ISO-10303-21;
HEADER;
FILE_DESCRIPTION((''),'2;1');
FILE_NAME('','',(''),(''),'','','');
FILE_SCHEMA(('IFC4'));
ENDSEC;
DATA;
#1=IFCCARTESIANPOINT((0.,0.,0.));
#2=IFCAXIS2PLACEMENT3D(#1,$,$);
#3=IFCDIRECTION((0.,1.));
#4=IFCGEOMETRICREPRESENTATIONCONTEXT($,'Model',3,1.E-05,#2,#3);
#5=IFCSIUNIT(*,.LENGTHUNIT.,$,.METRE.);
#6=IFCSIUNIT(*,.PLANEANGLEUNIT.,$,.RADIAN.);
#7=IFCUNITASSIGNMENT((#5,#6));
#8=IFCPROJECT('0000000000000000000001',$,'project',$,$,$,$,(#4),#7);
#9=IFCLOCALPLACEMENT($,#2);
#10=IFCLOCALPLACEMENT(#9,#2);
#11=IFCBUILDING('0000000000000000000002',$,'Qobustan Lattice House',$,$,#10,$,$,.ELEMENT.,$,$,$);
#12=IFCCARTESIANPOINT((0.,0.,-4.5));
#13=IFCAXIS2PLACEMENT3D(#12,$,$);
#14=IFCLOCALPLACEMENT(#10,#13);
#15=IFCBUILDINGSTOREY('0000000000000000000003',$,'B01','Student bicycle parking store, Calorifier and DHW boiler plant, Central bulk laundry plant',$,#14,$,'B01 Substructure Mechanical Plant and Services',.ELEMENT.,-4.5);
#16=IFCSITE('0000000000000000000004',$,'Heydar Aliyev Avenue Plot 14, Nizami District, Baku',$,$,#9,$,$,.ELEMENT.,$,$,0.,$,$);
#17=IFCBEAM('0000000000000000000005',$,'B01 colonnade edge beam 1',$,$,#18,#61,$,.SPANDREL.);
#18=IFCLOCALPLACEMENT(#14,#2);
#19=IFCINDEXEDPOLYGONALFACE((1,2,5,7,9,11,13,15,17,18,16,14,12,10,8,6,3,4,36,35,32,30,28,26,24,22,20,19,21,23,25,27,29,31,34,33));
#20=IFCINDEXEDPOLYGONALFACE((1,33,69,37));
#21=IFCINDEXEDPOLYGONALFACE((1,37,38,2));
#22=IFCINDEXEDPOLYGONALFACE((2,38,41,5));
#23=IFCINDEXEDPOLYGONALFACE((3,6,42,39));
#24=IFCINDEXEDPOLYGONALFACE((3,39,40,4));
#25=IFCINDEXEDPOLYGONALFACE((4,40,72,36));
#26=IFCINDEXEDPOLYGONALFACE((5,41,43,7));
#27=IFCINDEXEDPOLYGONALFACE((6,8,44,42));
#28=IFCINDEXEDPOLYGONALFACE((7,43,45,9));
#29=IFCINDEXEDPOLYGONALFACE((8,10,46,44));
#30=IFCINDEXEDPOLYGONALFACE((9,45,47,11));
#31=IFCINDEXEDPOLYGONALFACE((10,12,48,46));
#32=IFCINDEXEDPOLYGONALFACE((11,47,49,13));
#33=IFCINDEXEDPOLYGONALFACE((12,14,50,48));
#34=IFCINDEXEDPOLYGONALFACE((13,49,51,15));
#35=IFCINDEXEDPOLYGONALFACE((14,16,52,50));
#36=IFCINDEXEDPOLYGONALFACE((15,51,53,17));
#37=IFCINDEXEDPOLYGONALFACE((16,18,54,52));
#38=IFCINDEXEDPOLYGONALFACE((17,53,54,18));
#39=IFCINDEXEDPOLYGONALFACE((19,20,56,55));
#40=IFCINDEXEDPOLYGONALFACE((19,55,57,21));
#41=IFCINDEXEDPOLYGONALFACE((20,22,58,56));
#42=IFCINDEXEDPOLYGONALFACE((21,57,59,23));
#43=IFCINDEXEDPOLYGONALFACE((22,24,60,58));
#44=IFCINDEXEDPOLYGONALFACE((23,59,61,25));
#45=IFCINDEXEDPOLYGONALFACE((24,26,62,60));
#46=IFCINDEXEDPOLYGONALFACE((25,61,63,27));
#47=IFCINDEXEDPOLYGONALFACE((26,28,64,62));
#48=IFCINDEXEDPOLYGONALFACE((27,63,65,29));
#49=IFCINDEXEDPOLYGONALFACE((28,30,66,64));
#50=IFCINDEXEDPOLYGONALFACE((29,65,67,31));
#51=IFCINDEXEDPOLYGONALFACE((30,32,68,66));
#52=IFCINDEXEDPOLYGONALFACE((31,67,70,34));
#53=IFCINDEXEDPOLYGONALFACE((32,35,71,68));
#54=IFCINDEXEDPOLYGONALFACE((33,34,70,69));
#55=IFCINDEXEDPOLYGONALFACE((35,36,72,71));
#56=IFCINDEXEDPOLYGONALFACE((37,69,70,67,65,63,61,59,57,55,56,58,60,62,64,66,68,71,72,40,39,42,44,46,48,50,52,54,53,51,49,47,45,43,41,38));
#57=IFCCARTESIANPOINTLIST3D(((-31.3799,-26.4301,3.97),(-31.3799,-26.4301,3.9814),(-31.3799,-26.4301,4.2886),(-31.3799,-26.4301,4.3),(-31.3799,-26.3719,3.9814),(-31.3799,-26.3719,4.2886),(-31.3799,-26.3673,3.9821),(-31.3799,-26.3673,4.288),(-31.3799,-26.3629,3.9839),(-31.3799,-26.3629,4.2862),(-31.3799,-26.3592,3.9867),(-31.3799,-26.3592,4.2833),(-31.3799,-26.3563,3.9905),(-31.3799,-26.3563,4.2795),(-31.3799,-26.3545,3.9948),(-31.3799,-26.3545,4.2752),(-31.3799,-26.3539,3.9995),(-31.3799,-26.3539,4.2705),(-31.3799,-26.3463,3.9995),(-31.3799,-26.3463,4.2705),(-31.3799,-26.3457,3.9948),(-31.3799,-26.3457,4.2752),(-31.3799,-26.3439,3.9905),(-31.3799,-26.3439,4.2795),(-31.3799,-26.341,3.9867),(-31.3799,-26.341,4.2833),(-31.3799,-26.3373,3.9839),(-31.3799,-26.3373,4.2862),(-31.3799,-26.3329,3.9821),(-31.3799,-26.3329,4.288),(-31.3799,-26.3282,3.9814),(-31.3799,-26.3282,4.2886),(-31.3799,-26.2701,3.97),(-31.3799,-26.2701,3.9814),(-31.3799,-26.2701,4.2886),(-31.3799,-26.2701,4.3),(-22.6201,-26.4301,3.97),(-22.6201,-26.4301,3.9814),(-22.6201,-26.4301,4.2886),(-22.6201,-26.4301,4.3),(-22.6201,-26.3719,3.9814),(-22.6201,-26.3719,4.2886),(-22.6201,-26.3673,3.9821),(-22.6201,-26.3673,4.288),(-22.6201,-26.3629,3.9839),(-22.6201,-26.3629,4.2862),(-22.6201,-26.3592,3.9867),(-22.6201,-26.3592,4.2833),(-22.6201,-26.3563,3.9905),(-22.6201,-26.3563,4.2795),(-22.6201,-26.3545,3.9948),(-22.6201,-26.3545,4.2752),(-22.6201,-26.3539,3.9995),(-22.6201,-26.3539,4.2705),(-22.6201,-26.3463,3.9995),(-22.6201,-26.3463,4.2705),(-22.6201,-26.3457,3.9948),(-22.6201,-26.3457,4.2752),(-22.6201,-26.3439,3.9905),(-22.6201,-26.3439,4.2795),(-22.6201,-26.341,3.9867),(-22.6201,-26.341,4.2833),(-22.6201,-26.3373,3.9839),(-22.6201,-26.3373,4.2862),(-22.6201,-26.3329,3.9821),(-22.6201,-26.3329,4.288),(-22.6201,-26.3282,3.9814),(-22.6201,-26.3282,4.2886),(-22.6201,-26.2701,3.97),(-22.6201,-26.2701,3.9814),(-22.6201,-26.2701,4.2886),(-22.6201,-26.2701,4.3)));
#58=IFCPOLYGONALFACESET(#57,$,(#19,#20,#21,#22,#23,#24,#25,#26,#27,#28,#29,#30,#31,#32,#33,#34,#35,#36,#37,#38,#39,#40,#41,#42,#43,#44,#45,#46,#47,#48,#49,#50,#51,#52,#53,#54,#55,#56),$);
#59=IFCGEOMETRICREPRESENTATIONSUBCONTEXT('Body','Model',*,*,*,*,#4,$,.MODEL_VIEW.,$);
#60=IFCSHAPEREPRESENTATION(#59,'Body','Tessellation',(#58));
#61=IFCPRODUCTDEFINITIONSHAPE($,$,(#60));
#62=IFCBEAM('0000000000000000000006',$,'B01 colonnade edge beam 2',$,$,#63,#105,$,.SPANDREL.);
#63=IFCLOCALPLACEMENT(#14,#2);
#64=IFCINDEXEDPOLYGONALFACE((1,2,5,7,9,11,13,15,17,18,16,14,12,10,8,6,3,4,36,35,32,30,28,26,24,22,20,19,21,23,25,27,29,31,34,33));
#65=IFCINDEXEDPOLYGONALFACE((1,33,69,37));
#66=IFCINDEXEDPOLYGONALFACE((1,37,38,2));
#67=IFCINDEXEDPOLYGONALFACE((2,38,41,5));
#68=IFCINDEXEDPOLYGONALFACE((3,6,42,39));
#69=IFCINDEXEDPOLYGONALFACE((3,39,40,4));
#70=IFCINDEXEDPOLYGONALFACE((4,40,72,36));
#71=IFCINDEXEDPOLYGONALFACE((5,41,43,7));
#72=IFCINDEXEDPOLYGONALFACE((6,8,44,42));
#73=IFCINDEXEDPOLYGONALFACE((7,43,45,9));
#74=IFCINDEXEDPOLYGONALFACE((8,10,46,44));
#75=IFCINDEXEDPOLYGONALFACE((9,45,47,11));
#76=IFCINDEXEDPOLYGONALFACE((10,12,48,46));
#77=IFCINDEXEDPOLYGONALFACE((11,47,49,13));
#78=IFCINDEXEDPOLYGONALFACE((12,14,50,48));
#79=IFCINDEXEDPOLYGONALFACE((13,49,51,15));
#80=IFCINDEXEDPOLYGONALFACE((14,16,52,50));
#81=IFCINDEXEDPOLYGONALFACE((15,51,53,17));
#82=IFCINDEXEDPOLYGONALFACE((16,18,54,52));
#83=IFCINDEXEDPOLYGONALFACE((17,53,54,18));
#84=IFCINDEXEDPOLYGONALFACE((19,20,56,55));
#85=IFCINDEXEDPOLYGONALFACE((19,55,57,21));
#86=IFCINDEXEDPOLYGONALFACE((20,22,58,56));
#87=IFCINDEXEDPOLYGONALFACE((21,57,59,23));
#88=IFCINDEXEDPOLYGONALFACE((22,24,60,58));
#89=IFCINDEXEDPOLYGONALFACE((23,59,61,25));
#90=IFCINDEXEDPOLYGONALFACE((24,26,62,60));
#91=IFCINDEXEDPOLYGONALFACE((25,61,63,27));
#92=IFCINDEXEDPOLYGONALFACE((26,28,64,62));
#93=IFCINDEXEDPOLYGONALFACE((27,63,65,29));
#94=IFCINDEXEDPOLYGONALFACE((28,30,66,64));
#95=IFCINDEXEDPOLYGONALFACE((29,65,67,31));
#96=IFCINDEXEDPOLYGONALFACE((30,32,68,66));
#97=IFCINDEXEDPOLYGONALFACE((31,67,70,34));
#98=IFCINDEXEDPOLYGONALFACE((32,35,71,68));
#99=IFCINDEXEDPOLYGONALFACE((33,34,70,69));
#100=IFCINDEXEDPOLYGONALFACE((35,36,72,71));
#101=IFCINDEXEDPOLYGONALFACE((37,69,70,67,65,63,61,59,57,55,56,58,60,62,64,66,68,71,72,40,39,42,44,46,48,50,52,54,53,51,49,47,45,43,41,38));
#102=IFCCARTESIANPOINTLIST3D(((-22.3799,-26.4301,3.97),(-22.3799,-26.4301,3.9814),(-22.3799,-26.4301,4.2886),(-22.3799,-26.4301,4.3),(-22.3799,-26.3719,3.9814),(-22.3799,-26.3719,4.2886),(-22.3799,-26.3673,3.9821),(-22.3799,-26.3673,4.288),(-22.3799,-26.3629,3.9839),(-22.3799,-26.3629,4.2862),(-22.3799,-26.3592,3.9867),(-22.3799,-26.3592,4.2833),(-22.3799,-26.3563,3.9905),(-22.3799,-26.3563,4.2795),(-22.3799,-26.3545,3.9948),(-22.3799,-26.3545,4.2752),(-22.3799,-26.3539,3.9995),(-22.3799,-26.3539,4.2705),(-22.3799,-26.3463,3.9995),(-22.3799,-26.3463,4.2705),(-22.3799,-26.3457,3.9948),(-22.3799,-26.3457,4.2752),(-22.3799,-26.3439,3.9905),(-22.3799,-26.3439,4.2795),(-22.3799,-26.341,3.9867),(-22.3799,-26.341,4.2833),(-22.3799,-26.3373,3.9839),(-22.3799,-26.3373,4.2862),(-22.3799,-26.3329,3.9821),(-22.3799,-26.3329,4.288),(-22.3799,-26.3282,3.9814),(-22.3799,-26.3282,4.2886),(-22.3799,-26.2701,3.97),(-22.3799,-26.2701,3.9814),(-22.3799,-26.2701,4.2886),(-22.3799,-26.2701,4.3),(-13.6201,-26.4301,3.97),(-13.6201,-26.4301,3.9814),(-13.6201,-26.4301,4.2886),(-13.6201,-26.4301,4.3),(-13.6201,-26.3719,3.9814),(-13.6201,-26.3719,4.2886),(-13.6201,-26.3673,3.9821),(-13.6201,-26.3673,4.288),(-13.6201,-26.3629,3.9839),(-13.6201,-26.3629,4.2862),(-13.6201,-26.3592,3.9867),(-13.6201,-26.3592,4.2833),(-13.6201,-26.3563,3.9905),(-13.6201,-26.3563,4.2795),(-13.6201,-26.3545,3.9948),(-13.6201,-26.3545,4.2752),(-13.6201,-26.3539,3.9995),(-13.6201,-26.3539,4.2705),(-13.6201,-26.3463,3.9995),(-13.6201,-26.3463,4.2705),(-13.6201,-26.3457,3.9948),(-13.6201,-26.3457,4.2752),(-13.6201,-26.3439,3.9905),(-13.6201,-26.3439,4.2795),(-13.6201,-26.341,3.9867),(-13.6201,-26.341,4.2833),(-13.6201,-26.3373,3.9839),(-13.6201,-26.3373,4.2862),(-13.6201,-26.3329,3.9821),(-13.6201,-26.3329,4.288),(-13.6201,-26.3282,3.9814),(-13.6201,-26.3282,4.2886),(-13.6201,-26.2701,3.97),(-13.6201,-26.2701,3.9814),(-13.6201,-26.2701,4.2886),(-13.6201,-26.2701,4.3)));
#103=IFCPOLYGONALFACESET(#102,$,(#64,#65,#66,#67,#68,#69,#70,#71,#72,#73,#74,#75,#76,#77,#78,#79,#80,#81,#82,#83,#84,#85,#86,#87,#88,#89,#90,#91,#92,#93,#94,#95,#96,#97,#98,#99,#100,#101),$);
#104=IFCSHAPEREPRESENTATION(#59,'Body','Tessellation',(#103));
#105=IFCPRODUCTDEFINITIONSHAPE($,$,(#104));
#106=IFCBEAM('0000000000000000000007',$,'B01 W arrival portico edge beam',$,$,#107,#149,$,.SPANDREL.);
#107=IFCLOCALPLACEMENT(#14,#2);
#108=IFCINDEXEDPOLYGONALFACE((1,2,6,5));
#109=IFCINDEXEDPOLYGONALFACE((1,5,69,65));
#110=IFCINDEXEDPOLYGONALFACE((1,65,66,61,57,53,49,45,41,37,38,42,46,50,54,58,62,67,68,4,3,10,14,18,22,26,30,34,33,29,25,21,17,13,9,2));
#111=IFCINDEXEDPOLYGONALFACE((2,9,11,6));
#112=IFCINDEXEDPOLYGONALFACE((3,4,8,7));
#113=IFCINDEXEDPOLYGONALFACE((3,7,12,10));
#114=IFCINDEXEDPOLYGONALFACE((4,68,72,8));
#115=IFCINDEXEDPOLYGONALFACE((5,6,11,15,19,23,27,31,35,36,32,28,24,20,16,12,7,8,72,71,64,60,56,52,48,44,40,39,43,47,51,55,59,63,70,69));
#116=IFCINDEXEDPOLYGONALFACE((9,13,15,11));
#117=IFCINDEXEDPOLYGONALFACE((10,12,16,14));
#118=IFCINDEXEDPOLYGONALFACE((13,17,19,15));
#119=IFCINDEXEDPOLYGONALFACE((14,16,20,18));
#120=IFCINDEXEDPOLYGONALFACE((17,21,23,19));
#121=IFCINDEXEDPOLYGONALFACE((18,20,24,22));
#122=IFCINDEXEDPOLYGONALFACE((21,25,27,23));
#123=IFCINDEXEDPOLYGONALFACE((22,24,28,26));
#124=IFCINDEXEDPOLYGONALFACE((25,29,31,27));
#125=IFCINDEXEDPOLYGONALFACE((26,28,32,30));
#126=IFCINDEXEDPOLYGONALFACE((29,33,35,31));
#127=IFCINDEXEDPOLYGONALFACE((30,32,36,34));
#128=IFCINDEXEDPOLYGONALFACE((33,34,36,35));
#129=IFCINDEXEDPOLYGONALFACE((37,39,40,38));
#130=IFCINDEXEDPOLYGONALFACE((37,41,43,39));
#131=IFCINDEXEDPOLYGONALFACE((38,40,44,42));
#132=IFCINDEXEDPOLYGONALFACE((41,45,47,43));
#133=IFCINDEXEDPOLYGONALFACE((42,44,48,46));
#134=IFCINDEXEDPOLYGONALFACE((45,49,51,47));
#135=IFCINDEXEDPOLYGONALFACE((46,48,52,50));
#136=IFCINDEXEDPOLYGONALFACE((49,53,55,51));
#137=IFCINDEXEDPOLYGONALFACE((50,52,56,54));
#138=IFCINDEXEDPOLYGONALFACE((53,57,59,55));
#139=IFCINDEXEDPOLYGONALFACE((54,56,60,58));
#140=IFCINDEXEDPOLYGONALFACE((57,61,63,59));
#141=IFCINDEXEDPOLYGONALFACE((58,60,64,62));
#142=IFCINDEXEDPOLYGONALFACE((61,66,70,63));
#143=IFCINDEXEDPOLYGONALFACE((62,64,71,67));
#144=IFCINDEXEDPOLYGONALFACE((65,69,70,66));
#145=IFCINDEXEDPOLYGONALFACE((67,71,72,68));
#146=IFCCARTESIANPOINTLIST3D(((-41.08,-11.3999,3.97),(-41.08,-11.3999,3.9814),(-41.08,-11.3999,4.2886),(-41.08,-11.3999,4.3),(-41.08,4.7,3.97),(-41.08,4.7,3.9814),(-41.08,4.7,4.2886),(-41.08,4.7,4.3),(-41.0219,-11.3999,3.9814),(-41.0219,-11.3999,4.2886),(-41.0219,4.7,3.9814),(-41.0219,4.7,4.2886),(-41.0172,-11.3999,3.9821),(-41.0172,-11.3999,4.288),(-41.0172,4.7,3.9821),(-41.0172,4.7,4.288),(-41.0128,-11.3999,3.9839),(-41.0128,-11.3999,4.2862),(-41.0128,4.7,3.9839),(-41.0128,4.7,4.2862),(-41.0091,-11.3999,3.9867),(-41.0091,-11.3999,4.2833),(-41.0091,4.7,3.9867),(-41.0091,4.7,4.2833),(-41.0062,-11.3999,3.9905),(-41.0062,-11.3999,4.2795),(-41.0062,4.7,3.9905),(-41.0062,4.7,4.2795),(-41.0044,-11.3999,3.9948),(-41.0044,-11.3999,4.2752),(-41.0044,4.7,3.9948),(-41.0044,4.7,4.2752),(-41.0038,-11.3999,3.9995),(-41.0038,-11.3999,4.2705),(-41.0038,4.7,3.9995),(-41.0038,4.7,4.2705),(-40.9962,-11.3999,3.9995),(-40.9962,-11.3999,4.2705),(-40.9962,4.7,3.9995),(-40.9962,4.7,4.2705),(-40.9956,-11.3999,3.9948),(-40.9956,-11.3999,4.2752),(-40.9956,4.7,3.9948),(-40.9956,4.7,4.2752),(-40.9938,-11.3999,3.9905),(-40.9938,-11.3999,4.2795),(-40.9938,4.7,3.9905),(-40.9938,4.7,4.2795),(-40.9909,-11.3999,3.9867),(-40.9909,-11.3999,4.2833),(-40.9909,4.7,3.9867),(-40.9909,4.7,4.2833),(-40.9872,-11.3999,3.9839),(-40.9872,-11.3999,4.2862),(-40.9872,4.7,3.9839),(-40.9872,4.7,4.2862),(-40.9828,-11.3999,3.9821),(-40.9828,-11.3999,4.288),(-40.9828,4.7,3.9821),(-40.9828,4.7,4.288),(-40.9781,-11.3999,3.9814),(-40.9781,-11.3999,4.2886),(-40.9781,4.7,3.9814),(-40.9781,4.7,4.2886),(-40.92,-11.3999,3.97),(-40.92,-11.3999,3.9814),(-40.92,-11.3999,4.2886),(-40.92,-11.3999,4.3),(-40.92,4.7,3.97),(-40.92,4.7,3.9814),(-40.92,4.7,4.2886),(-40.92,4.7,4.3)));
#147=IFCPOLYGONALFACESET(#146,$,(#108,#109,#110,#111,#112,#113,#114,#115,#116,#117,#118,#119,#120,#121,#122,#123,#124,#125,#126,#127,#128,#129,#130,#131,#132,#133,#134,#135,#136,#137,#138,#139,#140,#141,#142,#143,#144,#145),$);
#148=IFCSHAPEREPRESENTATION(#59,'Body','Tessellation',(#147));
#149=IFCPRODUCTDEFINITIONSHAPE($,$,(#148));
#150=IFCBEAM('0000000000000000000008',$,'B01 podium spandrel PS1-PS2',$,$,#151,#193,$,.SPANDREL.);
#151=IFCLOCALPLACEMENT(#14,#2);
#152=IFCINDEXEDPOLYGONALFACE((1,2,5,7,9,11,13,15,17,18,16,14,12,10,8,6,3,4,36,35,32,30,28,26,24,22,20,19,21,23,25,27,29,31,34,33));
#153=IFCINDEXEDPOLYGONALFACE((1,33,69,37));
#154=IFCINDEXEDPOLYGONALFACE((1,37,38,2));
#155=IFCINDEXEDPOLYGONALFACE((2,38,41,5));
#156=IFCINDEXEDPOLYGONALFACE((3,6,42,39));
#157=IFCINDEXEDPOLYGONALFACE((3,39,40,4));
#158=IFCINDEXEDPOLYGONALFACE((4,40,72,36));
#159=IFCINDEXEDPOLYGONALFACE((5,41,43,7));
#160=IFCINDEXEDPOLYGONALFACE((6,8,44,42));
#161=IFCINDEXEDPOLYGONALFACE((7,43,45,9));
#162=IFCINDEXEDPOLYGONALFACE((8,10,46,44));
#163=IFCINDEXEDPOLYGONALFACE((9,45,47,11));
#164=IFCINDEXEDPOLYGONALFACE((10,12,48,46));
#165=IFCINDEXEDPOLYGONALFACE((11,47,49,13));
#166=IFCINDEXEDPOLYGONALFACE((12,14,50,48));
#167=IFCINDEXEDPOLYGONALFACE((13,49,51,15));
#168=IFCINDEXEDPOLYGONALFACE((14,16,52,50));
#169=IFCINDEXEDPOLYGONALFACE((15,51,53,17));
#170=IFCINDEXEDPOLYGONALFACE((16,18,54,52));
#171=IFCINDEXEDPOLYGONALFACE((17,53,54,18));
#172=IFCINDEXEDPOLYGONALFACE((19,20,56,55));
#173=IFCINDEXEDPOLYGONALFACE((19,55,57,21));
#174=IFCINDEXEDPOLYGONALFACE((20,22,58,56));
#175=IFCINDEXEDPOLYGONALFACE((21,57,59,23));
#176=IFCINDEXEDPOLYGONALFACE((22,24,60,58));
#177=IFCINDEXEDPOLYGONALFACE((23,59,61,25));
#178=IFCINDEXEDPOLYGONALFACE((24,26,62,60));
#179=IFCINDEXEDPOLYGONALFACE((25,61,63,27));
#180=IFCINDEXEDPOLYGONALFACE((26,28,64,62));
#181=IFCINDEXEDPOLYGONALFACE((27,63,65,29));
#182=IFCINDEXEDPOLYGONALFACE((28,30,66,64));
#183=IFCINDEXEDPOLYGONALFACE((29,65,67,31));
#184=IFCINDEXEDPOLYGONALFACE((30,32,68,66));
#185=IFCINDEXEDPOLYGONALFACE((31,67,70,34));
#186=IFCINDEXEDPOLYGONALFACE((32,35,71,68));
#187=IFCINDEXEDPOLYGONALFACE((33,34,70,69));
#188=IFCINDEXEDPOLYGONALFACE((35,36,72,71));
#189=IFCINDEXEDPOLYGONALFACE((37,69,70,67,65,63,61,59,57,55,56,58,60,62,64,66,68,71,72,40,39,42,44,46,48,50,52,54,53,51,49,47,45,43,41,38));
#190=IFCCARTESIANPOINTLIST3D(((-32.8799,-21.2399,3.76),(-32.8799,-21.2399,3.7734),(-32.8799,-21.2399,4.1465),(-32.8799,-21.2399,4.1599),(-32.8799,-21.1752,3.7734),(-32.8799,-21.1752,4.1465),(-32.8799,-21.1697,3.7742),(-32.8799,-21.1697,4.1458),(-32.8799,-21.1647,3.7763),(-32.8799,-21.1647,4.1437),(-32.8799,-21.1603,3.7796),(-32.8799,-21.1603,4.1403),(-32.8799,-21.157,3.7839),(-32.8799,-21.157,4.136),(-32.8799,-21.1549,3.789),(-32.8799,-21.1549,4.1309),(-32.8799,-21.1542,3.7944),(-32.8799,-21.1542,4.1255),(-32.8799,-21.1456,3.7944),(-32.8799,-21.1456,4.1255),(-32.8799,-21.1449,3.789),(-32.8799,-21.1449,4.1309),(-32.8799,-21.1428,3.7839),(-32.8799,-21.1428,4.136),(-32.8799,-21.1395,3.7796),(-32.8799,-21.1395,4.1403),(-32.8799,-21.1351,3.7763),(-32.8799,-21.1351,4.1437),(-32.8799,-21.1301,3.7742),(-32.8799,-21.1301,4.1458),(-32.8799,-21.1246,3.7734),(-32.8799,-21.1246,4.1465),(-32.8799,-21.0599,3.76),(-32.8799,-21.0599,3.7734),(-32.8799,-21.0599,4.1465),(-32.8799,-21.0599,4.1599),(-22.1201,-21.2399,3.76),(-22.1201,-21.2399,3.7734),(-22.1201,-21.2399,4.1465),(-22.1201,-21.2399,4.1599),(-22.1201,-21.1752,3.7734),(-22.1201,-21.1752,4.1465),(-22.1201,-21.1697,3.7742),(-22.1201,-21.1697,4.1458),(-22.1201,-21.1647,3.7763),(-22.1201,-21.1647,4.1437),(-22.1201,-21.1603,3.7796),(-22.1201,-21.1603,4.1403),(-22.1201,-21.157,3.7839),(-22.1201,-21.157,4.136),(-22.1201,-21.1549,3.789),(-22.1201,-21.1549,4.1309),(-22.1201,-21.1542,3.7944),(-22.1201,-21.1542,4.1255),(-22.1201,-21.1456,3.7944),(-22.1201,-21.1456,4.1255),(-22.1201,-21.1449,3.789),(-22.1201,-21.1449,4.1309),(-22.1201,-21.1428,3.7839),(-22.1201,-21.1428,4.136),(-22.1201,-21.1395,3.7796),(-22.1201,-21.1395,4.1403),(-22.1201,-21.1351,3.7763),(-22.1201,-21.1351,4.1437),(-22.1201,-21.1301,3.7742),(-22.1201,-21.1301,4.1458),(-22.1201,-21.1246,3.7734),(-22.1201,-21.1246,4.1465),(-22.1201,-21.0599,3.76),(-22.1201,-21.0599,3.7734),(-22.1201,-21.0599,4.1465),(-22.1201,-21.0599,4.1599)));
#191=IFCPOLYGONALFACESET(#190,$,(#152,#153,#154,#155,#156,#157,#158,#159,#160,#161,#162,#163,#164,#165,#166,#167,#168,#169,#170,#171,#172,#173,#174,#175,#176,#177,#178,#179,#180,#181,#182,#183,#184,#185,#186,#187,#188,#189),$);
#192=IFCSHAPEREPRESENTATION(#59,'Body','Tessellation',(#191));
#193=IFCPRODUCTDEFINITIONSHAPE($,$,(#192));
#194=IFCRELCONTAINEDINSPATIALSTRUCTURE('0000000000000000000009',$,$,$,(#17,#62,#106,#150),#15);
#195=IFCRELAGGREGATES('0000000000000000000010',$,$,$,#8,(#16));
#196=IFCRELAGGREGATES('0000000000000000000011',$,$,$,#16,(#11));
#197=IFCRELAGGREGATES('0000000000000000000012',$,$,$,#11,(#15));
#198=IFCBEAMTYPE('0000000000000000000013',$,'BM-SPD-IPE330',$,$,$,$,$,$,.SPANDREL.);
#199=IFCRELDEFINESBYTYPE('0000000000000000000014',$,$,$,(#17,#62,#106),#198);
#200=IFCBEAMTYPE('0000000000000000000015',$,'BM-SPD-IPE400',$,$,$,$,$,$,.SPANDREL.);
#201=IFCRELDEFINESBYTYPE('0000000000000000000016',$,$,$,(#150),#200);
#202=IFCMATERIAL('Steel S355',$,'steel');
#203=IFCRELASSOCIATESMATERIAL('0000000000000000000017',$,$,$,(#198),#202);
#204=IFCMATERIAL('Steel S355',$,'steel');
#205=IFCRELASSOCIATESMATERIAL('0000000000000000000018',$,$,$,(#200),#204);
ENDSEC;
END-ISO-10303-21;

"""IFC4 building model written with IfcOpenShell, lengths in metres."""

from ifc_helpers import new_model, si_unit, direction, frame, origin, origin_2d, place, context, subcontext, project, spatial, i_section, extrude, material, material_profile, profile_set, type_object, element, save


model = new_model("IFC4")

# Units and contexts
model_context = context("Model", 3, precision=1e-05, world=origin(), true_north=direction((0.0, 1.0)))
body_context = subcontext(model_context, "Body", "Model", "MODEL_VIEW")
ifc_project = project(units=[si_unit("LENGTHUNIT", "METRE"), si_unit("PLANEANGLEUNIT", "RADIAN")], contexts=[model_context])

# Site, building, storey
site_placement = place(None, origin())
site = spatial("IfcSite", under=ifc_project, at=site_placement, Name="Heydar Aliyev Avenue Plot 14, Nizami District, Baku", CompositionType="ELEMENT", RefElevation=0.0)
building_placement = place(site_placement, origin())
building = spatial("IfcBuilding", under=site, at=building_placement, Name="Qobustan Lattice House", CompositionType="ELEMENT")
storey_placement = place(building_placement, frame((0.0, 0.0, -4.5)))
storey = spatial("IfcBuildingStorey", under=building, at=storey_placement, Name="B01", Description="Student bicycle parking store, Calorifier and DHW boiler plant, Central bulk laundry plant", LongName="B01 Substructure Mechanical Plant and Services", CompositionType="ELEMENT", Elevation=-4.5)

# Beams
ifc_material_1 = material(Name="Steel S355", Category="steel")
ifc_material_profile_1 = material_profile(ifc_material_1, i_section(OverallWidth=0.1599, OverallDepth=0.3301, WebThickness=0.0076, FlangeThickness=0.0115, FilletRadius=0.0181, at=origin_2d()), Name="IPE330")
ifc_profile_set_1 = profile_set([ifc_material_profile_1], Name="Steel S355")
beam_type_1 = type_object("IfcBeamType", Name="BM-SPD-IPE330", PredefinedType="SPANDREL", material=ifc_profile_set_1)
for number, where, z_axis, x_axis, name in (
    (1, (-31.3799, -26.3501, 4.135), (1.0, 0.0, 0.0), (0.0, 1.0, 0.0), "B01 colonnade edge beam 1"),
    (2, (-22.3799, -26.3501, 4.135), (1.0, 0.0, 0.0), (0.0, 1.0, 0.0), "B01 colonnade edge beam 2"),
):
    element("IfcBeam", number, at=place(storey_placement, frame(where, z_axis=z_axis, x_axis=x_axis)), inside=storey, type_object=beam_type_1, Name=name, PredefinedType="SPANDREL", context=body_context, shape_type="SweptSolid", body=[
        extrude(i_section(OverallWidth=0.1599, OverallDepth=0.3301, WebThickness=0.0076, FlangeThickness=0.0115, FilletRadius=0.0181, at=origin_2d()), origin(), (0.0, 0.0, 1.0), 8.7598),
    ])
beam_1_placement = place(storey_placement, frame((-41.0, -11.3999, 4.135), z_axis=(0.0, 1.0, 0.0), x_axis=(-1.0, 0.0, 0.0)))
element("IfcBeam", 3, at=beam_1_placement, inside=storey, type_object=beam_type_1, Name="B01 W arrival portico edge beam", PredefinedType="SPANDREL", context=body_context, shape_type="SweptSolid", body=[
    extrude(i_section(OverallWidth=0.1599, OverallDepth=0.3301, WebThickness=0.0076, FlangeThickness=0.0115, FilletRadius=0.0181, at=origin_2d()), origin(), (0.0, 0.0, 1.0), 16.0999),
])
ifc_material_2 = material(Name="Steel S355", Category="steel")
ifc_material_profile_2 = material_profile(ifc_material_2, i_section(OverallWidth=0.1799, OverallDepth=0.3999, WebThickness=0.0085, FlangeThickness=0.0134, FilletRadius=0.021, at=origin_2d()), Name="IPE400")
ifc_profile_set_2 = profile_set([ifc_material_profile_2], Name="Steel S355")
beam_type_2 = type_object("IfcBeamType", Name="BM-SPD-IPE400", PredefinedType="SPANDREL", material=ifc_profile_set_2)
beam_2_placement = place(storey_placement, frame((-32.8799, -21.1499, 3.96), z_axis=(1.0, 0.0, 0.0), x_axis=(0.0, 1.0, 0.0)))
element("IfcBeam", 4, at=beam_2_placement, inside=storey, type_object=beam_type_2, Name="B01 podium spandrel PS1-PS2", PredefinedType="SPANDREL", context=body_context, shape_type="SweptSolid", body=[
    extrude(i_section(OverallWidth=0.1799, OverallDepth=0.3999, WebThickness=0.0085, FlangeThickness=0.0134, FilletRadius=0.021, at=origin_2d()), origin(), (0.0, 0.0, 1.0), 10.7598),
])

save(model, "model.ifc")
